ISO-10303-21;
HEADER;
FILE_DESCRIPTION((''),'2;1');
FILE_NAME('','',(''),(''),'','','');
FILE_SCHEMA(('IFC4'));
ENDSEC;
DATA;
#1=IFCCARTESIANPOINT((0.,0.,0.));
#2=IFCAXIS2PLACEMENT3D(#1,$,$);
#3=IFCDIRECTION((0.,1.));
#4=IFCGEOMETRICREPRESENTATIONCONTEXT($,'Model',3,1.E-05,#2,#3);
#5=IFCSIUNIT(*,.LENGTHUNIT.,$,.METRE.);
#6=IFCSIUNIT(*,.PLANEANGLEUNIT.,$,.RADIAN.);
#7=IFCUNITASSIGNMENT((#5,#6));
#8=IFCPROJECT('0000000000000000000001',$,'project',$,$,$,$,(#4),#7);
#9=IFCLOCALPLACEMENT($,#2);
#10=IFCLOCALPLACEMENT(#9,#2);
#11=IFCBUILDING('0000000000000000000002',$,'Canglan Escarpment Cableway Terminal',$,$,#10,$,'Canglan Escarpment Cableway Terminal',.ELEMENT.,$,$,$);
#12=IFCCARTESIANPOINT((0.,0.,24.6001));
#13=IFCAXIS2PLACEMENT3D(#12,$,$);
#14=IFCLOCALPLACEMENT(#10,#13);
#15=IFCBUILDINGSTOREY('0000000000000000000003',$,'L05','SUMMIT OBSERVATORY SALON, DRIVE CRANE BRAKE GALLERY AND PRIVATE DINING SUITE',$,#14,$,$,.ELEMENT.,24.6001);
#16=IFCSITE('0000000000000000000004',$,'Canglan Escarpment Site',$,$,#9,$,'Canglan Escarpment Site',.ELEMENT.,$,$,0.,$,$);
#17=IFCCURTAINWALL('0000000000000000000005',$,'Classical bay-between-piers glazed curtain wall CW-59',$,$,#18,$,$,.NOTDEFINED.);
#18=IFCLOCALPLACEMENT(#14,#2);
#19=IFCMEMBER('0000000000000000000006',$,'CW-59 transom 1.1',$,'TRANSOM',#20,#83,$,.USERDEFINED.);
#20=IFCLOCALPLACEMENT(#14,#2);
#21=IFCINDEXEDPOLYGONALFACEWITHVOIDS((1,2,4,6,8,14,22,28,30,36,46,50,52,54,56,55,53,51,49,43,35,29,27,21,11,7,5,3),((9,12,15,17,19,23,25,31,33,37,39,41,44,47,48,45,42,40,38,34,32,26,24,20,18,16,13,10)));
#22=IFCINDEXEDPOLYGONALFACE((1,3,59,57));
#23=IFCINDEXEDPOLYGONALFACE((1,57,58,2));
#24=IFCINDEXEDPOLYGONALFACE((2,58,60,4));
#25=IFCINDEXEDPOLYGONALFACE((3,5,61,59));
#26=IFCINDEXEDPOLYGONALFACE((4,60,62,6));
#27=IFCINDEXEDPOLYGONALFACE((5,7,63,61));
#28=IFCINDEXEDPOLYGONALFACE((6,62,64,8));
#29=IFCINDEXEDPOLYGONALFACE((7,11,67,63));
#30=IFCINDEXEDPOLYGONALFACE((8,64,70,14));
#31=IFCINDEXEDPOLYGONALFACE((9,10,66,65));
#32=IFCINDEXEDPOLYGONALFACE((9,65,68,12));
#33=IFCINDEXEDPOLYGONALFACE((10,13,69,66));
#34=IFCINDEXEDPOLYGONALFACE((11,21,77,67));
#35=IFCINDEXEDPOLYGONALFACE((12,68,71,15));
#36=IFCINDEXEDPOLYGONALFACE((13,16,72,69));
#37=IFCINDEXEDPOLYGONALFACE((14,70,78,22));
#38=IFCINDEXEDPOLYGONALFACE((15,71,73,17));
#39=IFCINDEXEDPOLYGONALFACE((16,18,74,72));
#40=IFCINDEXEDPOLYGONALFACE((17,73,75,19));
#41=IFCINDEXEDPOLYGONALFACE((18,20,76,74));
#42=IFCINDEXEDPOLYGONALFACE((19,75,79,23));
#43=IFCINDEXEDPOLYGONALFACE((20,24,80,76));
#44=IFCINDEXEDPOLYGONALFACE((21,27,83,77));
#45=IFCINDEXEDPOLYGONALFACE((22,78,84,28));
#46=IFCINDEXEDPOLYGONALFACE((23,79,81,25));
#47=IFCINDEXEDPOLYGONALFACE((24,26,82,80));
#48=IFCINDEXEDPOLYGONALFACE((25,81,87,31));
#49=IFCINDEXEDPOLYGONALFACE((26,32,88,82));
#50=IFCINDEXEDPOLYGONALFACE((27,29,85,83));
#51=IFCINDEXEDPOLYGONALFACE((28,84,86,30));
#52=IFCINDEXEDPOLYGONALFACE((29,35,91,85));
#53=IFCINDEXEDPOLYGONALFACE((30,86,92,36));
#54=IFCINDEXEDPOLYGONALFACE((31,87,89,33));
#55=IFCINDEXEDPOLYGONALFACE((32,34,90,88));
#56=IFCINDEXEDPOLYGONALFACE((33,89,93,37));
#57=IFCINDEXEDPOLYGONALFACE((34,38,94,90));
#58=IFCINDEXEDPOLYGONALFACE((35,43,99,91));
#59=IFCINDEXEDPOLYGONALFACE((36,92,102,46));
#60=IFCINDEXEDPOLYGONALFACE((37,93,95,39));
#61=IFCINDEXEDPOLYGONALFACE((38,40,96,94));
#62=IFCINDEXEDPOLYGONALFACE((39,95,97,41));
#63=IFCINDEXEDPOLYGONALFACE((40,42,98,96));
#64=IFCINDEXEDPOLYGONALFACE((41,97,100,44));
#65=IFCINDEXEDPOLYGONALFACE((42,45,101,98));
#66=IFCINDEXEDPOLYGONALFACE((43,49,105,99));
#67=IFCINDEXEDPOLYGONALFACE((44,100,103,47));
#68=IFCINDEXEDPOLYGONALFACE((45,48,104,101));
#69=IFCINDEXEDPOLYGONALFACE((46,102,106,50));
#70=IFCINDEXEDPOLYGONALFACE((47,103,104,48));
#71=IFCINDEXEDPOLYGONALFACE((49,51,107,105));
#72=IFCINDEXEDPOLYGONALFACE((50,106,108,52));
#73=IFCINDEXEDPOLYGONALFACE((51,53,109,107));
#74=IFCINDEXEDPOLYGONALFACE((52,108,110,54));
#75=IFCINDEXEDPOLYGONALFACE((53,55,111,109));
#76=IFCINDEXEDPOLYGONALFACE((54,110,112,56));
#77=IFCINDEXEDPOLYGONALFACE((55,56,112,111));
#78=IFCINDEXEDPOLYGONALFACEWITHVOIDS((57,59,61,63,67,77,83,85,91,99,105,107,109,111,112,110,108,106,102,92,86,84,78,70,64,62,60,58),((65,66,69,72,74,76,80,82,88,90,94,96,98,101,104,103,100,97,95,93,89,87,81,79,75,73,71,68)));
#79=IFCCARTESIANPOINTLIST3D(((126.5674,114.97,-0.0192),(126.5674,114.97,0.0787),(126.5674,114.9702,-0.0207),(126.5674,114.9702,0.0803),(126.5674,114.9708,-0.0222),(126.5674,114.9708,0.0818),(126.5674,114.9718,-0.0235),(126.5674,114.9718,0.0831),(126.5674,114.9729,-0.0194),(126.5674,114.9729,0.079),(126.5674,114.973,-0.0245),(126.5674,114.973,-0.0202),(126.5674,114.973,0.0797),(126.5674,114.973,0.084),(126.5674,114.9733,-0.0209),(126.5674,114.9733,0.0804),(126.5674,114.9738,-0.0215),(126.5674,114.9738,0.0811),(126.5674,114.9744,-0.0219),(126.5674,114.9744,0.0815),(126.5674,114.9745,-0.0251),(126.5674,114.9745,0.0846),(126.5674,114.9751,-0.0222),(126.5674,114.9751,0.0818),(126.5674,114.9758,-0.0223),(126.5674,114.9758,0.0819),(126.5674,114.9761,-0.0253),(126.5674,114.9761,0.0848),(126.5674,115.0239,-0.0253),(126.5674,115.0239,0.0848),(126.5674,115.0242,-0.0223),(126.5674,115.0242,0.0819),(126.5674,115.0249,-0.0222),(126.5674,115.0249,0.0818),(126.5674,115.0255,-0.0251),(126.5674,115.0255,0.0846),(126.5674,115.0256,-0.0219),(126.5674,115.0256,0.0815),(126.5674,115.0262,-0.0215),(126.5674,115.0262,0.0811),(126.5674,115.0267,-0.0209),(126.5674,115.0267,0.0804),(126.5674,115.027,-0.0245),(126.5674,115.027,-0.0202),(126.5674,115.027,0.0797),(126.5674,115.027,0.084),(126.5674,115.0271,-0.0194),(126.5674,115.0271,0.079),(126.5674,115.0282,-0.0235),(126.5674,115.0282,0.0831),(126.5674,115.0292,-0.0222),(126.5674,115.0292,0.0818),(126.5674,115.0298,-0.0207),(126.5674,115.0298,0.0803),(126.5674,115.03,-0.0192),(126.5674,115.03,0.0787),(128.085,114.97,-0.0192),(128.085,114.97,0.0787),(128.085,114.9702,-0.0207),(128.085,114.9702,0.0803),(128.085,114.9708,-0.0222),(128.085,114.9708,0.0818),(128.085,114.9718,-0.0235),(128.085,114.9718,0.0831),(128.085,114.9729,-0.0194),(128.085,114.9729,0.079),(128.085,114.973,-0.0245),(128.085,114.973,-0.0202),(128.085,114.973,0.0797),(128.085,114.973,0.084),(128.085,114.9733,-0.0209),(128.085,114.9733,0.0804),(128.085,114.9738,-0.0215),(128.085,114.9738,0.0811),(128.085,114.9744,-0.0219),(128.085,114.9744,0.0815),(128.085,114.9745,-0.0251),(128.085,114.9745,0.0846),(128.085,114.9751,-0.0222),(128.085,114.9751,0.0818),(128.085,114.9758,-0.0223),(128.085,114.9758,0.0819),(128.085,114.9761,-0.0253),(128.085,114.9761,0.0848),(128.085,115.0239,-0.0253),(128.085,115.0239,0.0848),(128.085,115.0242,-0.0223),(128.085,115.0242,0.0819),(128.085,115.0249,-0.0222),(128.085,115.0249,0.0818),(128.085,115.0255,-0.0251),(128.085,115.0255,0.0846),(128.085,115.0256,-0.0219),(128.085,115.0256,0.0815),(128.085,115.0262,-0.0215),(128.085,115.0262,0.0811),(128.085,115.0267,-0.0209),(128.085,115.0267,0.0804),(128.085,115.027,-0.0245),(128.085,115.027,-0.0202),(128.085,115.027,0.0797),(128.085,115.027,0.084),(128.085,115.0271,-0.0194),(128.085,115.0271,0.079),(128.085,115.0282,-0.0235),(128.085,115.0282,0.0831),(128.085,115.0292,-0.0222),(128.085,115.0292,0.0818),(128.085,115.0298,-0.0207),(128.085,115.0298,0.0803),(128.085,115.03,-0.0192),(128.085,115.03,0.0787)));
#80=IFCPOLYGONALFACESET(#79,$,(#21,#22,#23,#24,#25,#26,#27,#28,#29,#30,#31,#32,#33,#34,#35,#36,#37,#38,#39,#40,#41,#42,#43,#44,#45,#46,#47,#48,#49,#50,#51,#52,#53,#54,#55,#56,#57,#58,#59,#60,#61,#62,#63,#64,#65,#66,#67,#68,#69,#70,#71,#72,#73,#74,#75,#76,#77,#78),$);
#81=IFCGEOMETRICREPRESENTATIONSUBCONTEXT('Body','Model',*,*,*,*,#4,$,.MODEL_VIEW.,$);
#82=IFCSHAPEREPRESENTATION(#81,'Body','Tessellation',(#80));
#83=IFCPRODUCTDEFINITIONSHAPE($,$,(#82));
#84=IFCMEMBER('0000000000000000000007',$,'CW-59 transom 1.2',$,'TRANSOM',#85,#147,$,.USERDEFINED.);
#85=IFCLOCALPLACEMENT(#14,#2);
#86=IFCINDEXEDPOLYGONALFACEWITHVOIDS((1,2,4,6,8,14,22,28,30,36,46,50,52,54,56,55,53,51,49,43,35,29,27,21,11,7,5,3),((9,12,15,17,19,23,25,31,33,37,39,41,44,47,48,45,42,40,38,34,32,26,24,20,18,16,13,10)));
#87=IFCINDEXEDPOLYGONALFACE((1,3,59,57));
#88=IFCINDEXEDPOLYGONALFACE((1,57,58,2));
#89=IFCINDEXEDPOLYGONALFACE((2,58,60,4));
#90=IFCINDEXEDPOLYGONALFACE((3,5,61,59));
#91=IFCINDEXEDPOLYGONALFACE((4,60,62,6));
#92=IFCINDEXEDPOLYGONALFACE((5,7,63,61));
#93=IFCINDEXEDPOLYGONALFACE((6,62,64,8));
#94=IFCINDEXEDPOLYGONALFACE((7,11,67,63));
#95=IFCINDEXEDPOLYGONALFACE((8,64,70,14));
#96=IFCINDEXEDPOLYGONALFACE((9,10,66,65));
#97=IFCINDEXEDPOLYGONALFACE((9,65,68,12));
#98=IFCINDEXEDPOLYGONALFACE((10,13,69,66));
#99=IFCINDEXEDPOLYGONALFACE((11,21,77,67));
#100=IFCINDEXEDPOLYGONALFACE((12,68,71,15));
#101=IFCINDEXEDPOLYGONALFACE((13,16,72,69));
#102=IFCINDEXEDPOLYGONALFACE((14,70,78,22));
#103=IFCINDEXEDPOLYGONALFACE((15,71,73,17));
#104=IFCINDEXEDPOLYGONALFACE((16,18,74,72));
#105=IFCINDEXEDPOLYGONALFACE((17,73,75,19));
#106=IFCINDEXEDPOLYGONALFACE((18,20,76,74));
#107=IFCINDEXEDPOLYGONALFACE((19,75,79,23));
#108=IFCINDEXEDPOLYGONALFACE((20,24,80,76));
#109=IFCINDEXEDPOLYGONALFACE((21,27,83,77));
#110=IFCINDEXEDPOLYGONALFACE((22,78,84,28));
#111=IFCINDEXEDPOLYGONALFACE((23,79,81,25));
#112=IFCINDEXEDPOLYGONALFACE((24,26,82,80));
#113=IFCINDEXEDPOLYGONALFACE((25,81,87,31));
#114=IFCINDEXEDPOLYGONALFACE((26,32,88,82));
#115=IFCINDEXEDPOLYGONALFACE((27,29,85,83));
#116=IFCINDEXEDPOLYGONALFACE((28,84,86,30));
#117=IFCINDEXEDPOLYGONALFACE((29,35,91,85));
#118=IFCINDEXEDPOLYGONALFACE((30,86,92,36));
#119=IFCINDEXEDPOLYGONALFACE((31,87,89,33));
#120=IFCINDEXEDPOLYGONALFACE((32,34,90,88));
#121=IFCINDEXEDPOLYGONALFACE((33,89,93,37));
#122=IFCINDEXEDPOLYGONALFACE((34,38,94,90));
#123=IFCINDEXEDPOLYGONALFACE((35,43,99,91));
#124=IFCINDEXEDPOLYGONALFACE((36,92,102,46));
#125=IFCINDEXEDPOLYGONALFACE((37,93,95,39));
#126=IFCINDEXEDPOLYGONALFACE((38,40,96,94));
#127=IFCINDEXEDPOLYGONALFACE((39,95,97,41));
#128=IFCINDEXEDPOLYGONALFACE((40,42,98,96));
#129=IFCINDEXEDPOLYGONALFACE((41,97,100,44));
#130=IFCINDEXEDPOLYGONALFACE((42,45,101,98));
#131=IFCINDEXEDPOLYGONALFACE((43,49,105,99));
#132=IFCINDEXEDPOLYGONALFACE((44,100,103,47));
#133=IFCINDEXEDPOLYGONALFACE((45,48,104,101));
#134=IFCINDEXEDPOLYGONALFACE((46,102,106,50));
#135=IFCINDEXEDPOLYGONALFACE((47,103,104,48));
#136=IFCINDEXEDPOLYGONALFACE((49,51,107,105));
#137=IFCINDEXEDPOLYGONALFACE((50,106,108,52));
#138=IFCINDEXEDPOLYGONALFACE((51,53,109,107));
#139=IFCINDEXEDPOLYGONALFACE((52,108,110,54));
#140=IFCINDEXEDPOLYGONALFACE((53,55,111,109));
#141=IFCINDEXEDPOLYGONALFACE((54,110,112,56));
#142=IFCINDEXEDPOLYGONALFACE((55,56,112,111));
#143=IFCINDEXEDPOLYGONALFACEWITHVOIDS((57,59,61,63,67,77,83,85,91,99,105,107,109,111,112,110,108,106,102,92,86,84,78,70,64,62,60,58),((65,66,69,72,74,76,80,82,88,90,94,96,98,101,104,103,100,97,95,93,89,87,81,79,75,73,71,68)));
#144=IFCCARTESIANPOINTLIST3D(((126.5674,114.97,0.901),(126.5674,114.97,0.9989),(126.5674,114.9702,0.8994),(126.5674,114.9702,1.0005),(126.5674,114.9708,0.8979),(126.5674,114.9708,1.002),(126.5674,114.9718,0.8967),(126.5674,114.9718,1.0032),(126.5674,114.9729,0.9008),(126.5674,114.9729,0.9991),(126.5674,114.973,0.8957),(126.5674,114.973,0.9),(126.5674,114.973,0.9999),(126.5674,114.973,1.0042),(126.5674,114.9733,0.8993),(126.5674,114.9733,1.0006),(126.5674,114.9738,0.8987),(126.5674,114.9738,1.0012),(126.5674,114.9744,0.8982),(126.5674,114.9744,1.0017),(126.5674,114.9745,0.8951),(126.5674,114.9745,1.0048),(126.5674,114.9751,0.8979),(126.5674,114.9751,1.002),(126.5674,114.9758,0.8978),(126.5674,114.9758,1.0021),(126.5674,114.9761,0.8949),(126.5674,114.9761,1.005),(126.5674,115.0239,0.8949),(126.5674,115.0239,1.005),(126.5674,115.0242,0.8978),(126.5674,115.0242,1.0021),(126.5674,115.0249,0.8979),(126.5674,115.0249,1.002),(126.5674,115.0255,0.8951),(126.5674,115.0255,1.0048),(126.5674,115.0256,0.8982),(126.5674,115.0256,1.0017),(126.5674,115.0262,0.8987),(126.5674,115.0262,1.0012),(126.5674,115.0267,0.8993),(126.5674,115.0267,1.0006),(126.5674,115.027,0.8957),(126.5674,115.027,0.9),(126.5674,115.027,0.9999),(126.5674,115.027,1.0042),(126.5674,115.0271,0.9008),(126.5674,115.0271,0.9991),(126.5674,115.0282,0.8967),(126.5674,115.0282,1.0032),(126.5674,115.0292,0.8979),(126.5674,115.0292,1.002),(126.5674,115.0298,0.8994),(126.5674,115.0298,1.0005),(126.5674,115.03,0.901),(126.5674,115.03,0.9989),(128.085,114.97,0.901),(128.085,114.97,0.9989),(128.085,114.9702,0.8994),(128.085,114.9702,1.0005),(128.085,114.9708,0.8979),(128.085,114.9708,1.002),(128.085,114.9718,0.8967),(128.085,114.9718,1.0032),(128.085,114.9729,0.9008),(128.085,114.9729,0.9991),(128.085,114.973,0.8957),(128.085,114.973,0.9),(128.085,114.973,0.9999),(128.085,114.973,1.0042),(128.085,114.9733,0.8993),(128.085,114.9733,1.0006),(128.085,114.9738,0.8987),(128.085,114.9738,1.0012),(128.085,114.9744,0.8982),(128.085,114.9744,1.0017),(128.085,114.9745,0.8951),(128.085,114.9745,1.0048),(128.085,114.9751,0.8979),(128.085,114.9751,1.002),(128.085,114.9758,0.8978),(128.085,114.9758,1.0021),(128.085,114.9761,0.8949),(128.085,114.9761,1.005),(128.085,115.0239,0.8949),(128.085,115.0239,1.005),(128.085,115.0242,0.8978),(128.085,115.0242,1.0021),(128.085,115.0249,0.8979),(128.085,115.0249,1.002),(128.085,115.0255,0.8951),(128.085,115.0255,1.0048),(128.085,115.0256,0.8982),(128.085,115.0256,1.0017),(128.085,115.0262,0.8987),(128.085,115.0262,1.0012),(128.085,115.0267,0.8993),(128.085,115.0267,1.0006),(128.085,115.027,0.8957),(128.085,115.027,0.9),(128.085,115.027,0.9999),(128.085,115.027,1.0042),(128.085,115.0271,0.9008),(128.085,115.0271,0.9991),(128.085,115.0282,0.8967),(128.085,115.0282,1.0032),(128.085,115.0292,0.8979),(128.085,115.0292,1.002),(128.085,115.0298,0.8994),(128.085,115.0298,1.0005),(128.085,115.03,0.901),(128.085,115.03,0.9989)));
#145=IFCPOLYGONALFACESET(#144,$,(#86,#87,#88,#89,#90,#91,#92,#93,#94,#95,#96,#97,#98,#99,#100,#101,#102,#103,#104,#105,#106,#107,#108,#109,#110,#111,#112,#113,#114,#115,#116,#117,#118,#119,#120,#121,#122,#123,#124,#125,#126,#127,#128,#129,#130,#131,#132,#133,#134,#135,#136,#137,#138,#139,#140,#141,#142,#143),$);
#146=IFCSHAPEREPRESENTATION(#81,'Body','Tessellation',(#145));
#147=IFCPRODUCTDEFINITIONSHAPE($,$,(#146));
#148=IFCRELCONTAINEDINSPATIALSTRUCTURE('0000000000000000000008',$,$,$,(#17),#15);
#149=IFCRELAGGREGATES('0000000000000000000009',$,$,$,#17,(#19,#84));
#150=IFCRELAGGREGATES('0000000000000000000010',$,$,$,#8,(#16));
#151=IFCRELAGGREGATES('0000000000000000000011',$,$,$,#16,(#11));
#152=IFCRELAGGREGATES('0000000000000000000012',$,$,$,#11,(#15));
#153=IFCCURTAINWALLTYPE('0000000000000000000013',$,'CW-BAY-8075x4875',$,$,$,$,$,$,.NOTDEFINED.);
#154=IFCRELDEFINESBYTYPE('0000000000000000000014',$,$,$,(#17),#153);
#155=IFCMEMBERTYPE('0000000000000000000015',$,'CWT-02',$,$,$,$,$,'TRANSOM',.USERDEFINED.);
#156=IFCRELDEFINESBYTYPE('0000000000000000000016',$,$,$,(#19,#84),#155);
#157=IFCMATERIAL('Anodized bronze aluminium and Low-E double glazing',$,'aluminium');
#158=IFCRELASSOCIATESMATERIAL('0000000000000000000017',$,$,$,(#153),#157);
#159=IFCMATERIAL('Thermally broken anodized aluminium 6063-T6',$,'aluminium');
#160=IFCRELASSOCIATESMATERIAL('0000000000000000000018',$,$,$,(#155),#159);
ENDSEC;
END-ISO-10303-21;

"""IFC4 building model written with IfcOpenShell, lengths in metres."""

from ifc_helpers import new_model, si_unit, direction, frame, origin, origin_2d, place, context, subcontext, project, spatial, hollow_rectangle, extrude, material, material_profile, profile_set, type_object, element, aggregate, save


model = new_model("IFC4")

# Units and contexts
model_context = context("Model", 3, precision=1e-05, world=origin(), true_north=direction((0.0, 1.0)))
body_context = subcontext(model_context, "Body", "Model", "MODEL_VIEW")
ifc_project = project(units=[si_unit("LENGTHUNIT", "METRE"), si_unit("PLANEANGLEUNIT", "RADIAN")], contexts=[model_context])

# Site, building, storey
site_placement = place(None, origin())
site = spatial("IfcSite", under=ifc_project, at=site_placement, Name="Canglan Escarpment Site", LongName="Canglan Escarpment Site", CompositionType="ELEMENT", RefElevation=0.0)
building_placement = place(site_placement, origin())
building = spatial("IfcBuilding", under=site, at=building_placement, Name="Canglan Escarpment Cableway Terminal", LongName="Canglan Escarpment Cableway Terminal", CompositionType="ELEMENT")
storey_placement = place(building_placement, frame((0.0, 0.0, 24.6001)))
storey = spatial("IfcBuildingStorey", under=building, at=storey_placement, Name="L05", Description="SUMMIT OBSERVATORY SALON, DRIVE CRANE BRAKE GALLERY AND PRIVATE DINING SUITE", CompositionType="ELEMENT", Elevation=24.6001)

# Curtain wall
ifc_material_1 = material(Name="Anodized bronze aluminium and Low-E double glazing", Category="aluminium")
curtain_wall_type = type_object("IfcCurtainWallType", Name="CW-BAY-8075x4875", PredefinedType="NOTDEFINED", material=ifc_material_1)
curtain_wall_1_placement = place(storey_placement, origin())
curtain_wall_1 = element("IfcCurtainWall", 1, at=curtain_wall_1_placement, inside=storey, type_object=curtain_wall_type, Name="Classical bay-between-piers glazed curtain wall CW-59", PredefinedType="NOTDEFINED")
ifc_material_2 = material(Name="Thermally broken anodized aluminium 6063-T6", Category="aluminium")

# Members
ifc_material_profile_1 = material_profile(ifc_material_2, hollow_rectangle(XDim=0.0601, YDim=0.1101, WallThickness=0.0029, InnerFilletRadius=0.0029, OuterFilletRadius=0.0061, at=origin_2d()), Name="ALU-TRAN 60x110x3")
ifc_profile_set_1 = profile_set([ifc_material_profile_1], Name="Thermally broken anodized aluminium 6063-T6")
member_type_1 = type_object("IfcMemberType", Name="CWT-02", ElementType="TRANSOM", PredefinedType="USERDEFINED", material=ifc_profile_set_1)
member_1_placement = place(storey_placement, frame((128.085, 115.0, 0.0298), z_axis=(-1.0, 0.0, 0.0), x_axis=(0.0, -1.0, 0.0)))
member_1 = element("IfcMember", 2, at=member_1_placement, type_object=member_type_1, Name="CW-59 transom 1.1", ObjectType="TRANSOM", PredefinedType="USERDEFINED", context=body_context, shape_type="SweptSolid", body=[
    extrude(hollow_rectangle(XDim=0.0601, YDim=0.1101, WallThickness=0.0029, InnerFilletRadius=0.0029, OuterFilletRadius=0.0061, at=origin_2d()), origin(), (0.0, 0.0, 1.0), 1.5176),
])
member_2_placement = place(storey_placement, frame((128.085, 115.0, 0.95), z_axis=(-1.0, 0.0, 0.0), x_axis=(0.0, -1.0, 0.0)))
member_2 = element("IfcMember", 3, at=member_2_placement, type_object=member_type_1, Name="CW-59 transom 1.2", ObjectType="TRANSOM", PredefinedType="USERDEFINED", context=body_context, shape_type="SweptSolid", body=[
    extrude(hollow_rectangle(XDim=0.0601, YDim=0.1101, WallThickness=0.0029, InnerFilletRadius=0.0029, OuterFilletRadius=0.0061, at=origin_2d()), origin(), (0.0, 0.0, 1.0), 1.5176),
])

aggregate(curtain_wall_1, [member_1, member_2])

save(model, "model.ifc")
